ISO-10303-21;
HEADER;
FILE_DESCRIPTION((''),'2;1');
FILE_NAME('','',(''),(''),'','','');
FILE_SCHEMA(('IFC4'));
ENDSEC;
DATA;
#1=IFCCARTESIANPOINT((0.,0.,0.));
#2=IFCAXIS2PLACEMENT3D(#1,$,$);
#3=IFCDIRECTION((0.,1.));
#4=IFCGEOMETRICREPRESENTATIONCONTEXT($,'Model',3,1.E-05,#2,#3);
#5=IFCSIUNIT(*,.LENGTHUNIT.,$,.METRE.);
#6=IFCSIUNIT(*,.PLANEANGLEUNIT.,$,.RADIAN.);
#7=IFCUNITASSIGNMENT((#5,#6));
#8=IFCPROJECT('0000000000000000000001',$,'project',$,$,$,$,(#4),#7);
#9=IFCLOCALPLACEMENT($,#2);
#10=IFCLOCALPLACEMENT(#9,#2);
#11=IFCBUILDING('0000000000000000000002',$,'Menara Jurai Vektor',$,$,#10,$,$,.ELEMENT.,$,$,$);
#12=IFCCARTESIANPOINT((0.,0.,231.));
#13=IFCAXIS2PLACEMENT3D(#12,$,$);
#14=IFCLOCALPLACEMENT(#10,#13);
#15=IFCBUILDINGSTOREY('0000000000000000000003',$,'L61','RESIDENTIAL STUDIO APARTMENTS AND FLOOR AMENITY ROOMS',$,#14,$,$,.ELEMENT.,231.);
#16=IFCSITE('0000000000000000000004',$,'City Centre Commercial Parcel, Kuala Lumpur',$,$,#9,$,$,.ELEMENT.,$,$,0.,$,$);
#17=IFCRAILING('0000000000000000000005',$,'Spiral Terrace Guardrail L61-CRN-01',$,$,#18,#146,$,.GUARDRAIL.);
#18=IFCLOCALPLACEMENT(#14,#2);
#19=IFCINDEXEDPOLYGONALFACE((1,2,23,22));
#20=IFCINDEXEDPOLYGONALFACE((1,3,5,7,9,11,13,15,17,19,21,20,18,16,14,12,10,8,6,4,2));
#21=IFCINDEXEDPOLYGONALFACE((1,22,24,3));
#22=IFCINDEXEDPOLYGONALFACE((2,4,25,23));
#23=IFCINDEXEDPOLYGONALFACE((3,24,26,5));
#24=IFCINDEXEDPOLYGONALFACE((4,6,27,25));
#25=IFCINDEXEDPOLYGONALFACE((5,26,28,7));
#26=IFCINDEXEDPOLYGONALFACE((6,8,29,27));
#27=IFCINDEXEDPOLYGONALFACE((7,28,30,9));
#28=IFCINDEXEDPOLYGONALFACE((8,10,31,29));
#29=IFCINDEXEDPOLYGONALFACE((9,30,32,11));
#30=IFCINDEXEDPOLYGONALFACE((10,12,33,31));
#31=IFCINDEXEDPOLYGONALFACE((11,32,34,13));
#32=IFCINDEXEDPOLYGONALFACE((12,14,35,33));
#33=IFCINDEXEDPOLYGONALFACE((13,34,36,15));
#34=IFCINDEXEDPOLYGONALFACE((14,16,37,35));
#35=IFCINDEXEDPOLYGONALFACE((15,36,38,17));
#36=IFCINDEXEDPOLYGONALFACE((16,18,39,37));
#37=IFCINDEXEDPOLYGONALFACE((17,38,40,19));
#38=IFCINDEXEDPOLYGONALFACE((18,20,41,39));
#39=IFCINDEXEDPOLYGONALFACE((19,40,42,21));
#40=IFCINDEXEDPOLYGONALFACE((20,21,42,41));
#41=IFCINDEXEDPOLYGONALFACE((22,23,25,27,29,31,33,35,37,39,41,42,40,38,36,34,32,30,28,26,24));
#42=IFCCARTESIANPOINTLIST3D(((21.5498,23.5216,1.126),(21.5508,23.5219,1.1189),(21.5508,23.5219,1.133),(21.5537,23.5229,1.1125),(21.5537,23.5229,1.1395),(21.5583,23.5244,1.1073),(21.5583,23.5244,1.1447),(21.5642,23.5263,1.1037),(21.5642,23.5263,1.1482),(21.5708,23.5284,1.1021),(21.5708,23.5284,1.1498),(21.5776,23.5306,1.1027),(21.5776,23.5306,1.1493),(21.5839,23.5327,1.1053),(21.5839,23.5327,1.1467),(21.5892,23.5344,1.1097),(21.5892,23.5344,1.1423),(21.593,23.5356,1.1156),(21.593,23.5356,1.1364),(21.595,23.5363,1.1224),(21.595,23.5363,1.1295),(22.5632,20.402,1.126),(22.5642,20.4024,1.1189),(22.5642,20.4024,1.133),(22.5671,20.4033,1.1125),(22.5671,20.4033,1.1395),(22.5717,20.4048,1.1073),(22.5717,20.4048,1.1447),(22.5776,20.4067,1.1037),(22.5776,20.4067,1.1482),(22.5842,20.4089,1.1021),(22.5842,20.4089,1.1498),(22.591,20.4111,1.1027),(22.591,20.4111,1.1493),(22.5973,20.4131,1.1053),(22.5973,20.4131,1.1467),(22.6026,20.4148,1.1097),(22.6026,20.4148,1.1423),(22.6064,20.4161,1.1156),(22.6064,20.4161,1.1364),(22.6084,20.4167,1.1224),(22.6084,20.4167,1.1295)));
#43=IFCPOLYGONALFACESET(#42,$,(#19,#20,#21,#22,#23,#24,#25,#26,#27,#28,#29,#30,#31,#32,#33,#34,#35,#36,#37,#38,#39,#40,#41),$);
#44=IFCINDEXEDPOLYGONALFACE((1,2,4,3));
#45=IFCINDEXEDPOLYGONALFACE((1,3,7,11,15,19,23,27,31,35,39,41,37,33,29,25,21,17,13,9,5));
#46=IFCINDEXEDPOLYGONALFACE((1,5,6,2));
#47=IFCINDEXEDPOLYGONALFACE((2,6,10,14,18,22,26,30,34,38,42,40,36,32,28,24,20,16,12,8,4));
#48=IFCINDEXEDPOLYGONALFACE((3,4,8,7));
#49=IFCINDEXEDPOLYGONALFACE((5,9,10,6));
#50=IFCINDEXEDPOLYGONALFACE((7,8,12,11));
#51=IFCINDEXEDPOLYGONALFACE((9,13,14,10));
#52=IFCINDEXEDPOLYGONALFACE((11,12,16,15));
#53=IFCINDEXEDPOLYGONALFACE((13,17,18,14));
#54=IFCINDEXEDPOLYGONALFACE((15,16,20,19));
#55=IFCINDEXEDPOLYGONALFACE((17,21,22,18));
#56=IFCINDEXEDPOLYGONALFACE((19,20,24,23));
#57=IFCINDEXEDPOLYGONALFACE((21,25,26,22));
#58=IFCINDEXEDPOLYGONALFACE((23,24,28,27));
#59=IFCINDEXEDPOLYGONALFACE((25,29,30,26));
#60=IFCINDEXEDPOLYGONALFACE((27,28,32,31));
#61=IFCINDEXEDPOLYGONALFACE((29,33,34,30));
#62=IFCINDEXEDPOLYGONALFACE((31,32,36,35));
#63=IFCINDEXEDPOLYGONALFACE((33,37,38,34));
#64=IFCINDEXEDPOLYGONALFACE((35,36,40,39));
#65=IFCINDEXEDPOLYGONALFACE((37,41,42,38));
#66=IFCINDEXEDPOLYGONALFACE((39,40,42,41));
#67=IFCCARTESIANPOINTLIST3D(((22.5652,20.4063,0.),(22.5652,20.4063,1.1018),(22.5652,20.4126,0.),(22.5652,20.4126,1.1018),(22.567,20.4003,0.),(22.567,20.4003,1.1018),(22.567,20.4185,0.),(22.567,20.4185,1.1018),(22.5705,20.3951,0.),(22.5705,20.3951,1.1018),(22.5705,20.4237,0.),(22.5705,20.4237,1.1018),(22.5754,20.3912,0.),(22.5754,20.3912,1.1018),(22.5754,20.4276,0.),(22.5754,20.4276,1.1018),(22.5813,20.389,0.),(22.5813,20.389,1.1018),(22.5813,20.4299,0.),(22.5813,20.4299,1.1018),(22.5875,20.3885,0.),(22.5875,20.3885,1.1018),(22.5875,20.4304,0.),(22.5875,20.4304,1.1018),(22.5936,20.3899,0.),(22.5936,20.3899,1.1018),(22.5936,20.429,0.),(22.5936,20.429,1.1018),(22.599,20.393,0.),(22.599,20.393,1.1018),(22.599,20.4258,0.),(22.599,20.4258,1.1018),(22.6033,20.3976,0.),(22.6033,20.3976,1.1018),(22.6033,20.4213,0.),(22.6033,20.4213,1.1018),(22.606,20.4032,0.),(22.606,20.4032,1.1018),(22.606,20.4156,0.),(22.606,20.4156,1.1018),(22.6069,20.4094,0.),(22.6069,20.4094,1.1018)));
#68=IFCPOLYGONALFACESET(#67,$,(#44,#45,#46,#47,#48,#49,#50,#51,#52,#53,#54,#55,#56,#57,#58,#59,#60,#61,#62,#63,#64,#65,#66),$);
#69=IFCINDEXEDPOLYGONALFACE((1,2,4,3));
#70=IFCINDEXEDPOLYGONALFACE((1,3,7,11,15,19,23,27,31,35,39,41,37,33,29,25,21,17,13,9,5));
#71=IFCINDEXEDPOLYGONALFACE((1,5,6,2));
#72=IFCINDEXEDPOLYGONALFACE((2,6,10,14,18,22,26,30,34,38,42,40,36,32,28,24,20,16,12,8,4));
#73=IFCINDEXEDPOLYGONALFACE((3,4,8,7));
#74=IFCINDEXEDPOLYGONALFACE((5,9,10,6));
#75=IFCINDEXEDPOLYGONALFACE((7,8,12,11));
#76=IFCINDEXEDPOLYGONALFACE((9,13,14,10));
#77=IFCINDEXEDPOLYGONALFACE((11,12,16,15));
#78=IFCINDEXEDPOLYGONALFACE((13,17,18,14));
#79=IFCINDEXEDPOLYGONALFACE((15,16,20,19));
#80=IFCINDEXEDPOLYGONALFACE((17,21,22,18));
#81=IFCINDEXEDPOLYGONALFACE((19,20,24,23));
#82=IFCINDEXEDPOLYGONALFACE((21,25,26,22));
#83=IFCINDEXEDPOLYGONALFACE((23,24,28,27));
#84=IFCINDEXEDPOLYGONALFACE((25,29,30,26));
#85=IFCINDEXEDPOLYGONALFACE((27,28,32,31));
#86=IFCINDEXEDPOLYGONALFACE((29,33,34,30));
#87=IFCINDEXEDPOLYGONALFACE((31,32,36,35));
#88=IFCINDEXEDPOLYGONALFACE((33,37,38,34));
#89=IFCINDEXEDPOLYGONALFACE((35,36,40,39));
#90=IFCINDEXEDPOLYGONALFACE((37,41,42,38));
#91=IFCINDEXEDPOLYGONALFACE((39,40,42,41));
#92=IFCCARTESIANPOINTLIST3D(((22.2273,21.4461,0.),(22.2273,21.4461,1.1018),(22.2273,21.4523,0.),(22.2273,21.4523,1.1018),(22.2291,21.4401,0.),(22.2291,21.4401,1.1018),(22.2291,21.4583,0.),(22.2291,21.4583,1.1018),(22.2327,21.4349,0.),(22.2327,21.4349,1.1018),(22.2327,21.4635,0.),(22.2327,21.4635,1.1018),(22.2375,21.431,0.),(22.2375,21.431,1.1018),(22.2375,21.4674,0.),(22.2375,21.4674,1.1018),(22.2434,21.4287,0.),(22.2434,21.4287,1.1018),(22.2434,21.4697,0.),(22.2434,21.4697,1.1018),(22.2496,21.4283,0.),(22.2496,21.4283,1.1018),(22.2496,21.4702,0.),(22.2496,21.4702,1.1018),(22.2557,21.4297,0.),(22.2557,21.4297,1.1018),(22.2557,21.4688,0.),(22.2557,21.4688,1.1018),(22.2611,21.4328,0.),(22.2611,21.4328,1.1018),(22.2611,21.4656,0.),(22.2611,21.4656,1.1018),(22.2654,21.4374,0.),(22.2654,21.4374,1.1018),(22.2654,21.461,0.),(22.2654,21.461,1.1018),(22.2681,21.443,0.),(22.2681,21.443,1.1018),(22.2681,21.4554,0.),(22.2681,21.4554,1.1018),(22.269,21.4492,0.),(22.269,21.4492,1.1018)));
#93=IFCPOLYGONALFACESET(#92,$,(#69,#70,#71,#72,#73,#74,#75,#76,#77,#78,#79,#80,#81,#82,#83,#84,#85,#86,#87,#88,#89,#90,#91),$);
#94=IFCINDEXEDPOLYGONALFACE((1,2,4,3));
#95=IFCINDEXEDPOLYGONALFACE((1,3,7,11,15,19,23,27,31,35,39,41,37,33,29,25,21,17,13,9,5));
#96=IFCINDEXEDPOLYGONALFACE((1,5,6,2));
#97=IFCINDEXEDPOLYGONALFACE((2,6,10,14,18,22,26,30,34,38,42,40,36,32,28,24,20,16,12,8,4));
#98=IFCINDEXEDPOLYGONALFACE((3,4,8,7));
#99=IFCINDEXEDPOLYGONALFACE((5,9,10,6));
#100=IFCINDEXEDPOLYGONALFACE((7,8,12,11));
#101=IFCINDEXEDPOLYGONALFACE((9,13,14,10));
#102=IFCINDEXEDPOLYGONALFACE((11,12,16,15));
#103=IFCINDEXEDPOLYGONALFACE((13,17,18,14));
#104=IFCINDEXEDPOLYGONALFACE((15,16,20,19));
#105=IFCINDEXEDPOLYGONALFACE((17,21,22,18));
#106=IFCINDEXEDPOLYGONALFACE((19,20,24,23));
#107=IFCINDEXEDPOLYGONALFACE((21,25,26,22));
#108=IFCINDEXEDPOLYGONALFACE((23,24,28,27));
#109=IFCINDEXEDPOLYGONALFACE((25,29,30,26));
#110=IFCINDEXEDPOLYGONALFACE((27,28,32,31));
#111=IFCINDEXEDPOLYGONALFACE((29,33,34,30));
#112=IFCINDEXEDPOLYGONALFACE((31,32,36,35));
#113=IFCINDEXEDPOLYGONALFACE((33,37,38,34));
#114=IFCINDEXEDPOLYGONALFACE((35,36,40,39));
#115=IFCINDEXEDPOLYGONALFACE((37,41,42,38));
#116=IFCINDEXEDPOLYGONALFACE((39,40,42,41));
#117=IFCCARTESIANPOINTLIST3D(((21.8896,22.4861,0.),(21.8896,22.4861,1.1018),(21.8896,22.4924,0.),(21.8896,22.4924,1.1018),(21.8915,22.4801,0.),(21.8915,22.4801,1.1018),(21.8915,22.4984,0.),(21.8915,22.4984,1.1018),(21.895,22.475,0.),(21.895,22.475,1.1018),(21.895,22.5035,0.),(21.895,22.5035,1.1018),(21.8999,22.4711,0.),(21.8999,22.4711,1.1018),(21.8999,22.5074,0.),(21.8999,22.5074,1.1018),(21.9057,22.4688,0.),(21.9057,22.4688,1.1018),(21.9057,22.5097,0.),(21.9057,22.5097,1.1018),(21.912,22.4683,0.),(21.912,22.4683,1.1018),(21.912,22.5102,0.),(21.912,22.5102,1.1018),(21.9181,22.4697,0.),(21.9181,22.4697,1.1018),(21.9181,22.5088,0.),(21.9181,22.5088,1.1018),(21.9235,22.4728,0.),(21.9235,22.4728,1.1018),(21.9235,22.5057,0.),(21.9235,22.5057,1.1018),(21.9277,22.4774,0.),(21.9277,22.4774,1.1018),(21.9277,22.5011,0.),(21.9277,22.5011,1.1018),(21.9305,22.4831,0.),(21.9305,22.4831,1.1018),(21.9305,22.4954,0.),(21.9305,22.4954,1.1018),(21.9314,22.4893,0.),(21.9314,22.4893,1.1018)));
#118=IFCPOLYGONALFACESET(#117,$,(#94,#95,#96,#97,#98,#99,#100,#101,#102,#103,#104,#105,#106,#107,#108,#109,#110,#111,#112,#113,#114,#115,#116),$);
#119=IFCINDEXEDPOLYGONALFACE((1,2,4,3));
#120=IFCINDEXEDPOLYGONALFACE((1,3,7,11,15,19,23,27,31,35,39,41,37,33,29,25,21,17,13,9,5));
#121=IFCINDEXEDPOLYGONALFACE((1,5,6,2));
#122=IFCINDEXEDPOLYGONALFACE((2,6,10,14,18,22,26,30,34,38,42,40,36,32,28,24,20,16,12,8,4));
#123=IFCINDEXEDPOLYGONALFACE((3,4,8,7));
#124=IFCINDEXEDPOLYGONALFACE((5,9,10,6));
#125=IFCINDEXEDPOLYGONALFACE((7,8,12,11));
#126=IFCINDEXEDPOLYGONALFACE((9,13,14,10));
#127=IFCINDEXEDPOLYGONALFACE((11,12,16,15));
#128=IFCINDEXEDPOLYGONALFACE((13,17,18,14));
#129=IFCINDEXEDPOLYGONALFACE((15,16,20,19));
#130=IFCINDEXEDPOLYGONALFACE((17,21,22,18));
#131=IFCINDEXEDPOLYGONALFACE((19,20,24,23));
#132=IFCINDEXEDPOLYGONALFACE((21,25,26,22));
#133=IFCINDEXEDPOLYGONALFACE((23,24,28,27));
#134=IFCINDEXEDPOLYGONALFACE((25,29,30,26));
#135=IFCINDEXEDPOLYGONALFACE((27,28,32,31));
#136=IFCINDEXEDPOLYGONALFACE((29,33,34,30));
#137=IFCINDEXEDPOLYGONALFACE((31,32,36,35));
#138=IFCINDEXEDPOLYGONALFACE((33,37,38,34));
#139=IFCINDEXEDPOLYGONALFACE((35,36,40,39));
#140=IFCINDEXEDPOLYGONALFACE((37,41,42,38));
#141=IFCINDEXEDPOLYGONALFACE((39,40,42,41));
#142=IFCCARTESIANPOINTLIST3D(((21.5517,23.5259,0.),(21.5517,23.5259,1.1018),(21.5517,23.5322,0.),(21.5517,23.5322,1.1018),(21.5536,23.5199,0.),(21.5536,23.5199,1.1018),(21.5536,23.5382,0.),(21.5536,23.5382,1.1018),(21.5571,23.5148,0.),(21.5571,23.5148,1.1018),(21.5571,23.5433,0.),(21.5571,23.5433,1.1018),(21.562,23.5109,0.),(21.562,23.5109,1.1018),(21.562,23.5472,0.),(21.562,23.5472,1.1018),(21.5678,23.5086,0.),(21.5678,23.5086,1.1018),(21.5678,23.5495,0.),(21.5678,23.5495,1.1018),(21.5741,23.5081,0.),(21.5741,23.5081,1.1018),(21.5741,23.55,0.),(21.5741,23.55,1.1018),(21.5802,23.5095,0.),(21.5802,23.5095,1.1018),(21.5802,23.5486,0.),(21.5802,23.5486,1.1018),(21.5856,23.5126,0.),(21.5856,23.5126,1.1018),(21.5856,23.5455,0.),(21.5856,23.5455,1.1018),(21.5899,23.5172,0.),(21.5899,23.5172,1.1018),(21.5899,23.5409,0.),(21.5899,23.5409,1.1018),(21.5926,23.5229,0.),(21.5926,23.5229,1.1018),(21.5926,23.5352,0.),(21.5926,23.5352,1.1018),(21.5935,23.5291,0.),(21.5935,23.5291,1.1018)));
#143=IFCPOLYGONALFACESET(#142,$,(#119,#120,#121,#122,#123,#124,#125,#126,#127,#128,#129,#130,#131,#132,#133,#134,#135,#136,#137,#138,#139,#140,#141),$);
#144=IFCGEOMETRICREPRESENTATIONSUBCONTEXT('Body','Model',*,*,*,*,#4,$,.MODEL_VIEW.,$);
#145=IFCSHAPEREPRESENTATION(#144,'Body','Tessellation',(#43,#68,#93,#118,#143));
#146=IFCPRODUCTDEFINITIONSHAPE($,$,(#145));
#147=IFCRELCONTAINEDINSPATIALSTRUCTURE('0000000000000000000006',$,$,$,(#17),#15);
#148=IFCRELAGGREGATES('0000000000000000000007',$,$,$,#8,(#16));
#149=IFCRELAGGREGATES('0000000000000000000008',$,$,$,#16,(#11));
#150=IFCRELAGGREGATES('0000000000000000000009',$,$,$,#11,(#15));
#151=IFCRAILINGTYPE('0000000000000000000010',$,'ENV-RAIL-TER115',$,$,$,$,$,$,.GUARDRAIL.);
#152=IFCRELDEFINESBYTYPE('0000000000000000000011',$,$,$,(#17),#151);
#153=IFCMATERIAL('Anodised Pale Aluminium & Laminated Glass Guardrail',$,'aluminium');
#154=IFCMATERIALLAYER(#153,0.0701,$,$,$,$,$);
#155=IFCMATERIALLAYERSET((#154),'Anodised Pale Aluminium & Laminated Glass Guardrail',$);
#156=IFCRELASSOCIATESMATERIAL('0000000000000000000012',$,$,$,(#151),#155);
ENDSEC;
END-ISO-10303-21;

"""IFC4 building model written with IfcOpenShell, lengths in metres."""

from ifc_helpers import new_model, si_unit, direction, frame, origin, origin_2d, place, context, subcontext, project, spatial, circle, extrude, material, layer, layer_set, type_object, element, save


model = new_model("IFC4")

# Units and contexts
model_context = context("Model", 3, precision=1e-05, world=origin(), true_north=direction((0.0, 1.0)))
body_context = subcontext(model_context, "Body", "Model", "MODEL_VIEW")
ifc_project = project(units=[si_unit("LENGTHUNIT", "METRE"), si_unit("PLANEANGLEUNIT", "RADIAN")], contexts=[model_context])

# Site, building, storey
site_placement = place(None, origin())
site = spatial("IfcSite", under=ifc_project, at=site_placement, Name="City Centre Commercial Parcel, Kuala Lumpur", CompositionType="ELEMENT", RefElevation=0.0)
building_placement = place(site_placement, origin())
building = spatial("IfcBuilding", under=site, at=building_placement, Name="Menara Jurai Vektor", CompositionType="ELEMENT")
storey_placement = place(building_placement, frame((0.0, 0.0, 231.0)))
storey = spatial("IfcBuildingStorey", under=building, at=storey_placement, Name="L61", Description="RESIDENTIAL STUDIO APARTMENTS AND FLOOR AMENITY ROOMS", CompositionType="ELEMENT", Elevation=231.0)

# Railing
ifc_material_1 = material(Name="Anodised Pale Aluminium & Laminated Glass Guardrail", Category="aluminium")
ifc_layer_1 = layer(ifc_material_1, 0.0701)
ifc_layer_set_1 = layer_set([ifc_layer_1], Name="Anodised Pale Aluminium & Laminated Glass Guardrail")
railing_type = type_object("IfcRailingType", Name="ENV-RAIL-TER115", PredefinedType="GUARDRAIL", material=ifc_layer_set_1)
railing_1_placement = place(storey_placement, frame((22.5859, 20.4094, 0.0)))
element("IfcRailing", 1, at=railing_1_placement, inside=storey, type_object=railing_type, Name="Spiral Terrace Guardrail L61-CRN-01", PredefinedType="GUARDRAIL", context=body_context, shape_type="SweptSolid", body=[
    extrude(circle(Radius=0.0239, at=origin_2d()), frame((0.0, 0.0, 1.126), z_axis=(-0.308962, 0.951075, 0.0), x_axis=(-0.951075, -0.308962, 0.0)), (0.0, 0.0, 1.0), 3.28),
    extrude(circle(Radius=0.021, at=origin_2d()), origin(), (0.0, 0.0, 1.0), 1.1018),
    extrude(circle(Radius=0.021, at=origin_2d()), frame((-0.3379, 1.0398, 0.0)), (0.0, 0.0, 1.0), 1.1018),
    extrude(circle(Radius=0.021, at=origin_2d()), frame((-0.6755, 2.0798, 0.0)), (0.0, 0.0, 1.0), 1.1018),
    extrude(circle(Radius=0.021, at=origin_2d()), frame((-1.0134, 3.1196, 0.0)), (0.0, 0.0, 1.0), 1.1018),
])

save(model, "model.ifc")
